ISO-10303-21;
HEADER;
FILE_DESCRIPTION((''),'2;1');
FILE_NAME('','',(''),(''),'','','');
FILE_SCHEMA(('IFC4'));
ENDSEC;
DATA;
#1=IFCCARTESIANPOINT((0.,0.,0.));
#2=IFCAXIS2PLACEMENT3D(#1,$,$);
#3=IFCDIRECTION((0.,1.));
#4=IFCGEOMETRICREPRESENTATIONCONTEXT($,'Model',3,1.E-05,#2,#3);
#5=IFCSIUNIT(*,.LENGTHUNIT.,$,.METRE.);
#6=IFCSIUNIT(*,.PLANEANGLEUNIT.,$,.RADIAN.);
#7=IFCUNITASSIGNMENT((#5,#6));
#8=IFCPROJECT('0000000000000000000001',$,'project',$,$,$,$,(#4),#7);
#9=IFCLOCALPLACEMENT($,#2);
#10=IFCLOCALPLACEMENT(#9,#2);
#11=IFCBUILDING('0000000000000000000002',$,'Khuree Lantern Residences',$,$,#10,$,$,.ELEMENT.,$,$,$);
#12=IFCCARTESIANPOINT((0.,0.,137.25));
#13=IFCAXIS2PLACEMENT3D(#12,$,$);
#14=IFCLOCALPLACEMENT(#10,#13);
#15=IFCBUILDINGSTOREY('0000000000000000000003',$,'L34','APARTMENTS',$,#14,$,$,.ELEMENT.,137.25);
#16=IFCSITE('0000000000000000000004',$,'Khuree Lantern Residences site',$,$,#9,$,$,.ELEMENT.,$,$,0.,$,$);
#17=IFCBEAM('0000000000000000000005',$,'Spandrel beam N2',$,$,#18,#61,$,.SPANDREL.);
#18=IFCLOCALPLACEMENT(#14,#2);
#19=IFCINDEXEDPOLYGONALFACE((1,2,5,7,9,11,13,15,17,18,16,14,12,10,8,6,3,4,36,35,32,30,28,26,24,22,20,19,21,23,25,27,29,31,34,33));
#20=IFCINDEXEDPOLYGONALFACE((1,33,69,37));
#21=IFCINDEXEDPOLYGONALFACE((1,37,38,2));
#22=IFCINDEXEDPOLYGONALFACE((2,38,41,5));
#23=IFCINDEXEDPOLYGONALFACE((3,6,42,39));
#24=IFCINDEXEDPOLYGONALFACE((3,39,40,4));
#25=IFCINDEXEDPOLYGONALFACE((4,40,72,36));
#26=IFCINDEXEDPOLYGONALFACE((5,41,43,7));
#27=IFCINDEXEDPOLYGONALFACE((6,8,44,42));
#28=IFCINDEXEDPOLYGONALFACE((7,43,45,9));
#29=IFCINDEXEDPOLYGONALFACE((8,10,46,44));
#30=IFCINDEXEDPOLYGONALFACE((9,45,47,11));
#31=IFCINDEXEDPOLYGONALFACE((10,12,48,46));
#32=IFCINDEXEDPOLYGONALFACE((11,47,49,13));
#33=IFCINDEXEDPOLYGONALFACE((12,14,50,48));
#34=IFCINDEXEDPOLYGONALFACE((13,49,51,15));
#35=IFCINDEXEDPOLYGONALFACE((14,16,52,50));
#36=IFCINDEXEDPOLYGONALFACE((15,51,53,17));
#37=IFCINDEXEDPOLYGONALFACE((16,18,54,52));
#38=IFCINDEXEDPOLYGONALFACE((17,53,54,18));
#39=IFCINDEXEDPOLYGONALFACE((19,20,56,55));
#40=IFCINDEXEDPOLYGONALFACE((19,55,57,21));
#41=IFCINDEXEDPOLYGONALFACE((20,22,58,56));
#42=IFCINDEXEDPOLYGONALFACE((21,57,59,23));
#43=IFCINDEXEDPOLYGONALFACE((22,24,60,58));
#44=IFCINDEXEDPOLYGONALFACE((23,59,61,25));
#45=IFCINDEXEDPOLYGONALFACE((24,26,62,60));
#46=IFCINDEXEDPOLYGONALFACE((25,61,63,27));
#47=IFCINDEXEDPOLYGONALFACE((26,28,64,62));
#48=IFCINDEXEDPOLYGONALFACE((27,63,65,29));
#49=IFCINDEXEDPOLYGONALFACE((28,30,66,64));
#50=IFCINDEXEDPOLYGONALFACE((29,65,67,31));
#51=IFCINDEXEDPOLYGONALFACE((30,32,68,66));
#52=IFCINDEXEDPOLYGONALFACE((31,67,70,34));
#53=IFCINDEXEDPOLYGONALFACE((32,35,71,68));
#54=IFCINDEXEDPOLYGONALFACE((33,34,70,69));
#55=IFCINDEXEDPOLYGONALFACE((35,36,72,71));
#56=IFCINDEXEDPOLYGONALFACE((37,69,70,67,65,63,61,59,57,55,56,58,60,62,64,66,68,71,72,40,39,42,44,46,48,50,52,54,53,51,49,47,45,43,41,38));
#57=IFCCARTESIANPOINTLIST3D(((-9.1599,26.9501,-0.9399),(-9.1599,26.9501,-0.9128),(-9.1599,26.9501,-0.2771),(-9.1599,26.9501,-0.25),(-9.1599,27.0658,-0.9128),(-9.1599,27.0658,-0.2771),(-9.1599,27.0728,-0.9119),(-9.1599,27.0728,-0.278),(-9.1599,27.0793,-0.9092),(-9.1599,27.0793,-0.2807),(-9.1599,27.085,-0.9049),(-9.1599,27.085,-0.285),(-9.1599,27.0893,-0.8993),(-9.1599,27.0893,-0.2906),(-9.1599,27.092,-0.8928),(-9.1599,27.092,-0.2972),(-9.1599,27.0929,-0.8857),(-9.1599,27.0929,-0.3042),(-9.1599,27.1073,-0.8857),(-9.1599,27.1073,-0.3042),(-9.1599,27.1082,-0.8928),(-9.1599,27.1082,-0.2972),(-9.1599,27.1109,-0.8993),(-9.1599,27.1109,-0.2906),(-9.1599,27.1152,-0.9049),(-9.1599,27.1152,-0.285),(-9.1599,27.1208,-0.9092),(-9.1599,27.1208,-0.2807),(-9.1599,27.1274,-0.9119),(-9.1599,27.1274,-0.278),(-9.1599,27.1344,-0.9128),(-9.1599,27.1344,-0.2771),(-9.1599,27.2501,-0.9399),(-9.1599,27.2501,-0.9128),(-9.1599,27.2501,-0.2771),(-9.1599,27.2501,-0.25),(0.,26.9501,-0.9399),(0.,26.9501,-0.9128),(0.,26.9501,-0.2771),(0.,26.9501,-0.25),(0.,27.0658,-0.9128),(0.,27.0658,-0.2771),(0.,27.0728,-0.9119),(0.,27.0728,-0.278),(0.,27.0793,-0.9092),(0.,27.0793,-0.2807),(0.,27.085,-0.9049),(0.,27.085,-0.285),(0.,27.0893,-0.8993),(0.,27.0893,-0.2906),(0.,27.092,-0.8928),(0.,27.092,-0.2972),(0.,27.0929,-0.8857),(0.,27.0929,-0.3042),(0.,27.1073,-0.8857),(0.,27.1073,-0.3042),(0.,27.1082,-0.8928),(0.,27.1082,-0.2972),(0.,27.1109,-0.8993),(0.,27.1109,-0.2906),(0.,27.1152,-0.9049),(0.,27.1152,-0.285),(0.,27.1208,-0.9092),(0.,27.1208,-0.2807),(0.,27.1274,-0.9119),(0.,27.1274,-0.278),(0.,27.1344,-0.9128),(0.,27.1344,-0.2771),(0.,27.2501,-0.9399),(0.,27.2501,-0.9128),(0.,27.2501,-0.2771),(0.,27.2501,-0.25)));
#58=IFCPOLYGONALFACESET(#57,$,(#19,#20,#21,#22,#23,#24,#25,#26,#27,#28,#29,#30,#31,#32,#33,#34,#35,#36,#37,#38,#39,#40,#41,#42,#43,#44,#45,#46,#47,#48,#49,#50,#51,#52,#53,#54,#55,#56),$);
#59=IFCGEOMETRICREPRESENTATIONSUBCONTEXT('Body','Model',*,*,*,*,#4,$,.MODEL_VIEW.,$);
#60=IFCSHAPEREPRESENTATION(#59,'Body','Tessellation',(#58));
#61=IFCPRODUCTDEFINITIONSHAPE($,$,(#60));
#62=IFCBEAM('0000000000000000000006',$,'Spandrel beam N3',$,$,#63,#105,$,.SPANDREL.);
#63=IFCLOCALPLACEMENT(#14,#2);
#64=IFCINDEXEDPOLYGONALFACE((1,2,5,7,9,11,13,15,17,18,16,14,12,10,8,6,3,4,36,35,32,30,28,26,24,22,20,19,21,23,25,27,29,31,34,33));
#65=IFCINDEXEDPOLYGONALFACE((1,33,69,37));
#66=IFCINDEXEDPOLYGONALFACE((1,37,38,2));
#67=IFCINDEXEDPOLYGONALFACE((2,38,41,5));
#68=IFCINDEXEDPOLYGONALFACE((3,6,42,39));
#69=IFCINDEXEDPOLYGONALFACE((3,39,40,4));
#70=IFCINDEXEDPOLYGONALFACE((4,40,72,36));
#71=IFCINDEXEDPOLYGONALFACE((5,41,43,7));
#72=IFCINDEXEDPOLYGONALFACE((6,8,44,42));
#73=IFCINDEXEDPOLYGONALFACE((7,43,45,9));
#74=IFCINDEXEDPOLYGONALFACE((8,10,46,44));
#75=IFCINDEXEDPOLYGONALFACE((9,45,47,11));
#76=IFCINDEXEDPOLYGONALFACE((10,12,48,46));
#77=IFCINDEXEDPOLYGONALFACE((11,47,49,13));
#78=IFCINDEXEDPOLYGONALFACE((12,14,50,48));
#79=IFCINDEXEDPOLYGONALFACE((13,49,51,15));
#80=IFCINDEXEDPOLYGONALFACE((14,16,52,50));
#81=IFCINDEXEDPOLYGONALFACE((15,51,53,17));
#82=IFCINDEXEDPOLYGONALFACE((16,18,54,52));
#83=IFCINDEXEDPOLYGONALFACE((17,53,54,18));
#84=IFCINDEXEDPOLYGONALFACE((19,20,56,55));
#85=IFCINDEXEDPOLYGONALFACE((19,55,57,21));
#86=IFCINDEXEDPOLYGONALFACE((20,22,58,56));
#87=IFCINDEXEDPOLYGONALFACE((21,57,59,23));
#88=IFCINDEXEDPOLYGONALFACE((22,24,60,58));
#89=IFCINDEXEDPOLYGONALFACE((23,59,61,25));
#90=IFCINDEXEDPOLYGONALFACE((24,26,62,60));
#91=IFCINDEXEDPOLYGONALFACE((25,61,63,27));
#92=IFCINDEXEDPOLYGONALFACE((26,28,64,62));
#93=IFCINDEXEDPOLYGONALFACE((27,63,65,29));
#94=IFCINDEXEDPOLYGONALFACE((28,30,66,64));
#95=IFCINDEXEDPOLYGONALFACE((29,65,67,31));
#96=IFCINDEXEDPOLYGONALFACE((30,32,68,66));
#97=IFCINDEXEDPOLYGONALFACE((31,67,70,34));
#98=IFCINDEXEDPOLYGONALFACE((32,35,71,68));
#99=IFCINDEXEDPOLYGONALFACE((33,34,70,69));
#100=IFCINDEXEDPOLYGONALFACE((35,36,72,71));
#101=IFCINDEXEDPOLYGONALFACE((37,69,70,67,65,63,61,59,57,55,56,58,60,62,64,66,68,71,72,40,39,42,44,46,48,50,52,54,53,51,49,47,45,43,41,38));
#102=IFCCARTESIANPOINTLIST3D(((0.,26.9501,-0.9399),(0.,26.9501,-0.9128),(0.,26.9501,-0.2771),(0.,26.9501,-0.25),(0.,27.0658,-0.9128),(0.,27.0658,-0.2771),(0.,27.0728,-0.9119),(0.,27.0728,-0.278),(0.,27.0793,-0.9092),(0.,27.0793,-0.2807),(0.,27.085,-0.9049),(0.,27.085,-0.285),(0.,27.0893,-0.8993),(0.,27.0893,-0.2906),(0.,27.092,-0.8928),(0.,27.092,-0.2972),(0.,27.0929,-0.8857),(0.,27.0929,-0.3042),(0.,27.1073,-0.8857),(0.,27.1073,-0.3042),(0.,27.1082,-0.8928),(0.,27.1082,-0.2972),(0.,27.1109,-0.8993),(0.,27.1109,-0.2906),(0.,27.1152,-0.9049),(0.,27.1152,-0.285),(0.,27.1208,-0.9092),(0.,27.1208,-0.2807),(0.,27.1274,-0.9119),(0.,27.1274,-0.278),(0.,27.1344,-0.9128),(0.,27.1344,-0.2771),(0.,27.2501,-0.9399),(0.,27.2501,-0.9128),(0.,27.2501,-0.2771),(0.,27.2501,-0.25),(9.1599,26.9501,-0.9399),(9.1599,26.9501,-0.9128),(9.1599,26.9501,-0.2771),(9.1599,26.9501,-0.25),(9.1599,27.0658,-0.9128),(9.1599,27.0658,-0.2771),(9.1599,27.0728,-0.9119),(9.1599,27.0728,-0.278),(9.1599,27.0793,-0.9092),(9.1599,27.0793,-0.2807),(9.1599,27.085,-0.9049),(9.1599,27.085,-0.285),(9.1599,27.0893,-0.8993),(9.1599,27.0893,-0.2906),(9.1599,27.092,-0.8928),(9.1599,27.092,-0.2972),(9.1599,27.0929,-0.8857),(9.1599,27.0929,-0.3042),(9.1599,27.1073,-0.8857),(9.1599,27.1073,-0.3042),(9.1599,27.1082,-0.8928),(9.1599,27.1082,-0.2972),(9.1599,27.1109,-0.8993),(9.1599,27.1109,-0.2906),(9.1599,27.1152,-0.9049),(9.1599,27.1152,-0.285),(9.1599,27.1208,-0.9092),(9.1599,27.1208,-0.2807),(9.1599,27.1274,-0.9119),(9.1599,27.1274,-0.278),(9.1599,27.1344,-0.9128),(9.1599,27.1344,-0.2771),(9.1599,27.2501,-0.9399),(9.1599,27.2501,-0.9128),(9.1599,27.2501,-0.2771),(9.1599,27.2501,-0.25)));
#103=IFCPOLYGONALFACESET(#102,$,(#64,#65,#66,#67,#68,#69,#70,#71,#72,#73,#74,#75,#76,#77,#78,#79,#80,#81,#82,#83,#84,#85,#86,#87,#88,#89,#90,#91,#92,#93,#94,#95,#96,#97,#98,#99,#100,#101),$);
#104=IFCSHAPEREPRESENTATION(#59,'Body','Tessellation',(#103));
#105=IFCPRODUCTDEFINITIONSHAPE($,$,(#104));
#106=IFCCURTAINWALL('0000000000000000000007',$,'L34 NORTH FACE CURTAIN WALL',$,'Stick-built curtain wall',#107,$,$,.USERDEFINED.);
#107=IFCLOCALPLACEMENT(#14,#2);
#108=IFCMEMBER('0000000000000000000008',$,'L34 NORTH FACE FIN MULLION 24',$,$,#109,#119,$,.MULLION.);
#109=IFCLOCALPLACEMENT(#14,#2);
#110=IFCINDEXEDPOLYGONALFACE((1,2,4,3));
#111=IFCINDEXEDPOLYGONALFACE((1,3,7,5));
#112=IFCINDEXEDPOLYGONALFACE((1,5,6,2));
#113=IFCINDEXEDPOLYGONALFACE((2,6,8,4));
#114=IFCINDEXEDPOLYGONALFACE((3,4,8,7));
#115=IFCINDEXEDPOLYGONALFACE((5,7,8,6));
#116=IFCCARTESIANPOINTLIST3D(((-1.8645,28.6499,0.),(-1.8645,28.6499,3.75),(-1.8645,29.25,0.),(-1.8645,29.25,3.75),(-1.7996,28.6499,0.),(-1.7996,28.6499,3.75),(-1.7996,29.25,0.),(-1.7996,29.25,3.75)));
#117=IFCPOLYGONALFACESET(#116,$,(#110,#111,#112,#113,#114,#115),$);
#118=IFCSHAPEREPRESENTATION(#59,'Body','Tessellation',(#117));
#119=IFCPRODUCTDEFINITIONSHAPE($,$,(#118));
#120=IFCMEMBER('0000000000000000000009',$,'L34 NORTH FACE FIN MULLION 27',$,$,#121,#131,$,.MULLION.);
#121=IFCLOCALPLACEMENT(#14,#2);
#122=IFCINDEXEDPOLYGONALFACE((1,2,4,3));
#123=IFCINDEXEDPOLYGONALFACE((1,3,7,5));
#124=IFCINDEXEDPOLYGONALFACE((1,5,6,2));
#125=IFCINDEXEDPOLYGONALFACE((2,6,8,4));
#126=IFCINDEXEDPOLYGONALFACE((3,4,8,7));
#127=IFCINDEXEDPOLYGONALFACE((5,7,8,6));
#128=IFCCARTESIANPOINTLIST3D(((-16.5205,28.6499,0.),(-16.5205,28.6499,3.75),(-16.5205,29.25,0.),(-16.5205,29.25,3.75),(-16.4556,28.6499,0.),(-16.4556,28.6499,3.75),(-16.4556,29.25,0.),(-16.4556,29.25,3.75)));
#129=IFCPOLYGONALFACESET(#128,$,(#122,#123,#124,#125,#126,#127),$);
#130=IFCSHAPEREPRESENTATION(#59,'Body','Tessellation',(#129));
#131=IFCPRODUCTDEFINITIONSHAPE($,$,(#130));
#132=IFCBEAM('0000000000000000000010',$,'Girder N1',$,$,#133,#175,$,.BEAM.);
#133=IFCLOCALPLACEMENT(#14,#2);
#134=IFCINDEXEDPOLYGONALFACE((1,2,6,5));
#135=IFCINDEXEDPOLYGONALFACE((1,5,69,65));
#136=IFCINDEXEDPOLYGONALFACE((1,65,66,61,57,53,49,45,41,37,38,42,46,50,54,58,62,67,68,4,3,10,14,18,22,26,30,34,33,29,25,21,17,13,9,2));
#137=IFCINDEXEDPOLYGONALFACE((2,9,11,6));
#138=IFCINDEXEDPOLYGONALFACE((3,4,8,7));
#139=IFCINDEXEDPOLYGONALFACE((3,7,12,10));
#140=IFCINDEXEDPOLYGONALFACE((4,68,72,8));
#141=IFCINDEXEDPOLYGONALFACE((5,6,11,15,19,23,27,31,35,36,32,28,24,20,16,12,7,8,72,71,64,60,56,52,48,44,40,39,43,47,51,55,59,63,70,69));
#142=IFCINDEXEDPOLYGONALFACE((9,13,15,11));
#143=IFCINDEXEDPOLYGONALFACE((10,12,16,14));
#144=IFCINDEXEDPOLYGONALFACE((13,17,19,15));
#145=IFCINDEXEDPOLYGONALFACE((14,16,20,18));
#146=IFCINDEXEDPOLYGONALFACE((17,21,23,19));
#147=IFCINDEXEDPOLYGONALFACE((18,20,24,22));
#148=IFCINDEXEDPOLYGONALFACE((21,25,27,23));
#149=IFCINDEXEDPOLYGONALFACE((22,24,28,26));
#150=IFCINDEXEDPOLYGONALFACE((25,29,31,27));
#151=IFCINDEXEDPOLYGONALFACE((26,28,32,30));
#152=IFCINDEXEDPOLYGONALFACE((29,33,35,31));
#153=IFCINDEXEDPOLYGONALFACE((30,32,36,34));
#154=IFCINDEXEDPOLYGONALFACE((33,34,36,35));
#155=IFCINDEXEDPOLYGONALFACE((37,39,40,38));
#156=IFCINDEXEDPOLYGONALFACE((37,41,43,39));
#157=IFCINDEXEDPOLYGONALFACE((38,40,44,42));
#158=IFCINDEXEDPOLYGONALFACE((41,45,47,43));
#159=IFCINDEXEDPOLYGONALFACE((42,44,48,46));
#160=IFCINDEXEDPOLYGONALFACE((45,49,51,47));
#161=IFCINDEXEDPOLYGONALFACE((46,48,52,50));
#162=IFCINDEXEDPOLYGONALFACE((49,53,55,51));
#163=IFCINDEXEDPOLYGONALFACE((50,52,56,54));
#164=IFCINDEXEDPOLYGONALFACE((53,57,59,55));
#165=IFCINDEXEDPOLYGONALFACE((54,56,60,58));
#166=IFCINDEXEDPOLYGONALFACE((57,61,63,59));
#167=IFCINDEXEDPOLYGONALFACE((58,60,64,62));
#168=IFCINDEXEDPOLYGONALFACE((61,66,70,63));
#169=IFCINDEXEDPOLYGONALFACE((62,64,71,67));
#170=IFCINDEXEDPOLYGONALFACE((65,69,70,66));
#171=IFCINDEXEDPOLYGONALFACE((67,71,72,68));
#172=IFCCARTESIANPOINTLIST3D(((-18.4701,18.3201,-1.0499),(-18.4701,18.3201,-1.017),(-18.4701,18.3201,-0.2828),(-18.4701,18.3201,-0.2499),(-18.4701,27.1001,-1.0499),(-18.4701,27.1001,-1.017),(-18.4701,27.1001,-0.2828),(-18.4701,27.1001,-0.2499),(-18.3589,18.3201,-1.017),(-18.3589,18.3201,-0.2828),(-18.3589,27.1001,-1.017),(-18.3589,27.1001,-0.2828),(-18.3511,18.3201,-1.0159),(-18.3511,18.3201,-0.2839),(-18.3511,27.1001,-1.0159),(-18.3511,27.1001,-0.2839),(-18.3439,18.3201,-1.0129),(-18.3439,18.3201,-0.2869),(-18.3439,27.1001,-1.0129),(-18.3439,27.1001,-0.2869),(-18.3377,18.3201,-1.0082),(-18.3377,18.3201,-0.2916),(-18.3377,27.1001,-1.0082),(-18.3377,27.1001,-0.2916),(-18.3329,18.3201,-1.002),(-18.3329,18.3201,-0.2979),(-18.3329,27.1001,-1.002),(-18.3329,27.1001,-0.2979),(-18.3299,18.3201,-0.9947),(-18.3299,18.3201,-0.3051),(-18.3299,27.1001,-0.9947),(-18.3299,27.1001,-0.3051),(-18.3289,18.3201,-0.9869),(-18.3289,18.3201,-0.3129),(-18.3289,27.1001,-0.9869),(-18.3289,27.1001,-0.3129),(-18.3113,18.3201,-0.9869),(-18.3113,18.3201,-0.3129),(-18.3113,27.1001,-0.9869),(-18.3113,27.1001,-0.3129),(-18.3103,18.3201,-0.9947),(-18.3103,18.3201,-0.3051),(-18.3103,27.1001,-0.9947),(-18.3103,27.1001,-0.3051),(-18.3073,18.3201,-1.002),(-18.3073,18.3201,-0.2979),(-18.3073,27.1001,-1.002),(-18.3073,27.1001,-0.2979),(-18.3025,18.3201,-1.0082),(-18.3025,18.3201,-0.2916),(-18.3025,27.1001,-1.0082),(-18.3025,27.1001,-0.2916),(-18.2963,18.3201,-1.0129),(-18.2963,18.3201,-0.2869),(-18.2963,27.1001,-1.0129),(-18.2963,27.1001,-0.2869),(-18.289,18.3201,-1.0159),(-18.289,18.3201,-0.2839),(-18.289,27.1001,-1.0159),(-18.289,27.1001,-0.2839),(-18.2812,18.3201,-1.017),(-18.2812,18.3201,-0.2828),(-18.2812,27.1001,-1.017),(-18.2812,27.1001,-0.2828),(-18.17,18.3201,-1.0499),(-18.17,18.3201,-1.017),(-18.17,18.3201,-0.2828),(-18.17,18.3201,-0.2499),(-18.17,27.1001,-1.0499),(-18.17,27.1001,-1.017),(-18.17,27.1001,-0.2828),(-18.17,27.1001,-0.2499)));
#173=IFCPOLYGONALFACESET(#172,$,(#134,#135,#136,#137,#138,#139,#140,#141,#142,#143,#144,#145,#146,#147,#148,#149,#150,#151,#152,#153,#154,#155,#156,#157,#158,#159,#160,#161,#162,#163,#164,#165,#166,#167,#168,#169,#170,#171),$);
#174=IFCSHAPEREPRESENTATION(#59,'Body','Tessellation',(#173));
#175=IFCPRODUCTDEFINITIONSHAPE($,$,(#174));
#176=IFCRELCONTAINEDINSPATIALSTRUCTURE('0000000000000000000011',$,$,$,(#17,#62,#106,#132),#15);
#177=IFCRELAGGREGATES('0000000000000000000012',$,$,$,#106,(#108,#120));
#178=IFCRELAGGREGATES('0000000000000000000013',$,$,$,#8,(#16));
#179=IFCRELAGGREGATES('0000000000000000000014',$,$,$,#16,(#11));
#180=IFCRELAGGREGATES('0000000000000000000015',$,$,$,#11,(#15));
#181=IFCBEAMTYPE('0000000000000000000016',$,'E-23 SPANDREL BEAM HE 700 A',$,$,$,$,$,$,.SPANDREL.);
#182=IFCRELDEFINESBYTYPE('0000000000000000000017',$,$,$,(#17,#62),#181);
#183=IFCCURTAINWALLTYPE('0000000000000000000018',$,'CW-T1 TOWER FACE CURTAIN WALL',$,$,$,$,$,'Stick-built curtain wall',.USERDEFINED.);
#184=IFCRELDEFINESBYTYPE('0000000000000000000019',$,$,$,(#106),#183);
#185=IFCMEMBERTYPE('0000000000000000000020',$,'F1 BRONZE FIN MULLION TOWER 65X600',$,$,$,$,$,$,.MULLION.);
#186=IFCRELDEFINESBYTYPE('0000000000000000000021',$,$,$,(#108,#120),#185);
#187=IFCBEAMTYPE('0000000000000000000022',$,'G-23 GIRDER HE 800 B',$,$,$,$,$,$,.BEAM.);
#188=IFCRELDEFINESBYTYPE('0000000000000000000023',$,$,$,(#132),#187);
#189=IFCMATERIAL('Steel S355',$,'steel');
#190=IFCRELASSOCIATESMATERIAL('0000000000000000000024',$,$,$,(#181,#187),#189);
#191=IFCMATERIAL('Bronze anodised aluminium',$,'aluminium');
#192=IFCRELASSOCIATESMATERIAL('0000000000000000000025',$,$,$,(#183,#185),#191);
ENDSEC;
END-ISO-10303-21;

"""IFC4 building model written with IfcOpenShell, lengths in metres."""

from ifc_helpers import new_model, si_unit, direction, frame, origin, origin_2d, place, context, subcontext, project, spatial, rectangle, i_section, extrude, material, material_profile, profile_set, type_object, element, aggregate, save


model = new_model("IFC4")

# Units and contexts
model_context = context("Model", 3, precision=1e-05, world=origin(), true_north=direction((0.0, 1.0)))
body_context = subcontext(model_context, "Body", "Model", "MODEL_VIEW")
ifc_project = project(units=[si_unit("LENGTHUNIT", "METRE"), si_unit("PLANEANGLEUNIT", "RADIAN")], contexts=[model_context])

# Site, building, storey
site_placement = place(None, origin())
site = spatial("IfcSite", under=ifc_project, at=site_placement, Name="Khuree Lantern Residences site", CompositionType="ELEMENT", RefElevation=0.0)
building_placement = place(site_placement, origin())
building = spatial("IfcBuilding", under=site, at=building_placement, Name="Khuree Lantern Residences", CompositionType="ELEMENT")
storey_placement = place(building_placement, frame((0.0, 0.0, 137.25)))
storey = spatial("IfcBuildingStorey", under=building, at=storey_placement, Name="L34", Description="APARTMENTS", CompositionType="ELEMENT", Elevation=137.25)

# Beams
ifc_material_1 = material(Name="Steel S355", Category="steel")
ifc_material_profile_1 = material_profile(ifc_material_1, i_section(OverallWidth=0.3, OverallDepth=0.6899, WebThickness=0.0144, FlangeThickness=0.0271, FilletRadius=0.0271, at=origin_2d()), Name="HE 700 A")
ifc_profile_set_1 = profile_set([ifc_material_profile_1], Name="Steel S355")
beam_type_1 = type_object("IfcBeamType", Name="E-23 SPANDREL BEAM HE 700 A", PredefinedType="SPANDREL", material=ifc_profile_set_1)
for number, where, z_axis, x_axis, name in (
    (1, (-9.1599, 27.1001, -0.595), (1.0, 0.0, 0.0), (0.0, 1.0, 0.0), "Spandrel beam N2"),
    (2, (0.0, 27.1001, -0.595), (1.0, 0.0, 0.0), (0.0, 1.0, 0.0), "Spandrel beam N3"),
):
    element("IfcBeam", number, at=place(storey_placement, frame(where, z_axis=z_axis, x_axis=x_axis)), inside=storey, type_object=beam_type_1, Name=name, PredefinedType="SPANDREL", context=body_context, shape_type="SweptSolid", body=[
        extrude(i_section(OverallWidth=0.3, OverallDepth=0.6899, WebThickness=0.0144, FlangeThickness=0.0271, FilletRadius=0.0271, at=origin_2d()), origin(), (0.0, 0.0, 1.0), 9.1599),
    ])

# Curtain wall, members
ifc_material_2 = material(Name="Bronze anodised aluminium", Category="aluminium")
curtain_wall_type = type_object("IfcCurtainWallType", Name="CW-T1 TOWER FACE CURTAIN WALL", ElementType="Stick-built curtain wall", PredefinedType="USERDEFINED", material=ifc_material_2)
curtain_wall_placement = place(storey_placement, origin())
curtain_wall = element("IfcCurtainWall", 3, at=curtain_wall_placement, inside=storey, type_object=curtain_wall_type, Name="L34 NORTH FACE CURTAIN WALL", ObjectType="Stick-built curtain wall", PredefinedType="USERDEFINED")
ifc_material_profile_2 = material_profile(ifc_material_2, rectangle(XDim=0.0649, YDim=0.6001, at=origin_2d()), Name="F1 65X600")
ifc_profile_set_2 = profile_set([ifc_material_profile_2], Name="Bronze anodised aluminium")
member_type_1 = type_object("IfcMemberType", Name="F1 BRONZE FIN MULLION TOWER 65X600", PredefinedType="MULLION", material=ifc_profile_set_2)
member_1_placement = place(storey_placement, frame((-1.832, 28.95, 0.0), z_axis=(0.0, 0.0, 1.0), x_axis=(-1.0, 0.0, 0.0)))
member_1 = element("IfcMember", 4, at=member_1_placement, type_object=member_type_1, Name="L34 NORTH FACE FIN MULLION 24", PredefinedType="MULLION", context=body_context, shape_type="SweptSolid", body=[
    extrude(rectangle(XDim=0.0649, YDim=0.6001, at=origin_2d()), origin(), (0.0, 0.0, 1.0), 3.75),
])
member_2_placement = place(storey_placement, frame((-16.488, 28.95, 0.0), z_axis=(0.0, 0.0, 1.0), x_axis=(-1.0, 0.0, 0.0)))
member_2 = element("IfcMember", 5, at=member_2_placement, type_object=member_type_1, Name="L34 NORTH FACE FIN MULLION 27", PredefinedType="MULLION", context=body_context, shape_type="SweptSolid", body=[
    extrude(rectangle(XDim=0.0649, YDim=0.6001, at=origin_2d()), origin(), (0.0, 0.0, 1.0), 3.75),
])

# Beam
ifc_material_profile_3 = material_profile(ifc_material_1, i_section(OverallWidth=0.3, OverallDepth=0.8, WebThickness=0.0176, FlangeThickness=0.033, FilletRadius=0.03, at=origin_2d()), Name="HE 800 B")
ifc_profile_set_3 = profile_set([ifc_material_profile_3], Name="Steel S355")
beam_type_2 = type_object("IfcBeamType", Name="G-23 GIRDER HE 800 B", PredefinedType="BEAM", material=ifc_profile_set_3)
beam_1_placement = place(storey_placement, frame((-18.3201, 27.1001, -0.6499), z_axis=(0.0, -1.0, 0.0), x_axis=(1.0, 0.0, 0.0)))
element("IfcBeam", 6, at=beam_1_placement, inside=storey, type_object=beam_type_2, Name="Girder N1", PredefinedType="BEAM", context=body_context, shape_type="SweptSolid", body=[
    extrude(i_section(OverallWidth=0.3, OverallDepth=0.8, WebThickness=0.0176, FlangeThickness=0.033, FilletRadius=0.03, at=origin_2d()), origin(), (0.0, 0.0, 1.0), 8.78),
])

aggregate(curtain_wall, [member_1, member_2])

save(model, "model.ifc")
